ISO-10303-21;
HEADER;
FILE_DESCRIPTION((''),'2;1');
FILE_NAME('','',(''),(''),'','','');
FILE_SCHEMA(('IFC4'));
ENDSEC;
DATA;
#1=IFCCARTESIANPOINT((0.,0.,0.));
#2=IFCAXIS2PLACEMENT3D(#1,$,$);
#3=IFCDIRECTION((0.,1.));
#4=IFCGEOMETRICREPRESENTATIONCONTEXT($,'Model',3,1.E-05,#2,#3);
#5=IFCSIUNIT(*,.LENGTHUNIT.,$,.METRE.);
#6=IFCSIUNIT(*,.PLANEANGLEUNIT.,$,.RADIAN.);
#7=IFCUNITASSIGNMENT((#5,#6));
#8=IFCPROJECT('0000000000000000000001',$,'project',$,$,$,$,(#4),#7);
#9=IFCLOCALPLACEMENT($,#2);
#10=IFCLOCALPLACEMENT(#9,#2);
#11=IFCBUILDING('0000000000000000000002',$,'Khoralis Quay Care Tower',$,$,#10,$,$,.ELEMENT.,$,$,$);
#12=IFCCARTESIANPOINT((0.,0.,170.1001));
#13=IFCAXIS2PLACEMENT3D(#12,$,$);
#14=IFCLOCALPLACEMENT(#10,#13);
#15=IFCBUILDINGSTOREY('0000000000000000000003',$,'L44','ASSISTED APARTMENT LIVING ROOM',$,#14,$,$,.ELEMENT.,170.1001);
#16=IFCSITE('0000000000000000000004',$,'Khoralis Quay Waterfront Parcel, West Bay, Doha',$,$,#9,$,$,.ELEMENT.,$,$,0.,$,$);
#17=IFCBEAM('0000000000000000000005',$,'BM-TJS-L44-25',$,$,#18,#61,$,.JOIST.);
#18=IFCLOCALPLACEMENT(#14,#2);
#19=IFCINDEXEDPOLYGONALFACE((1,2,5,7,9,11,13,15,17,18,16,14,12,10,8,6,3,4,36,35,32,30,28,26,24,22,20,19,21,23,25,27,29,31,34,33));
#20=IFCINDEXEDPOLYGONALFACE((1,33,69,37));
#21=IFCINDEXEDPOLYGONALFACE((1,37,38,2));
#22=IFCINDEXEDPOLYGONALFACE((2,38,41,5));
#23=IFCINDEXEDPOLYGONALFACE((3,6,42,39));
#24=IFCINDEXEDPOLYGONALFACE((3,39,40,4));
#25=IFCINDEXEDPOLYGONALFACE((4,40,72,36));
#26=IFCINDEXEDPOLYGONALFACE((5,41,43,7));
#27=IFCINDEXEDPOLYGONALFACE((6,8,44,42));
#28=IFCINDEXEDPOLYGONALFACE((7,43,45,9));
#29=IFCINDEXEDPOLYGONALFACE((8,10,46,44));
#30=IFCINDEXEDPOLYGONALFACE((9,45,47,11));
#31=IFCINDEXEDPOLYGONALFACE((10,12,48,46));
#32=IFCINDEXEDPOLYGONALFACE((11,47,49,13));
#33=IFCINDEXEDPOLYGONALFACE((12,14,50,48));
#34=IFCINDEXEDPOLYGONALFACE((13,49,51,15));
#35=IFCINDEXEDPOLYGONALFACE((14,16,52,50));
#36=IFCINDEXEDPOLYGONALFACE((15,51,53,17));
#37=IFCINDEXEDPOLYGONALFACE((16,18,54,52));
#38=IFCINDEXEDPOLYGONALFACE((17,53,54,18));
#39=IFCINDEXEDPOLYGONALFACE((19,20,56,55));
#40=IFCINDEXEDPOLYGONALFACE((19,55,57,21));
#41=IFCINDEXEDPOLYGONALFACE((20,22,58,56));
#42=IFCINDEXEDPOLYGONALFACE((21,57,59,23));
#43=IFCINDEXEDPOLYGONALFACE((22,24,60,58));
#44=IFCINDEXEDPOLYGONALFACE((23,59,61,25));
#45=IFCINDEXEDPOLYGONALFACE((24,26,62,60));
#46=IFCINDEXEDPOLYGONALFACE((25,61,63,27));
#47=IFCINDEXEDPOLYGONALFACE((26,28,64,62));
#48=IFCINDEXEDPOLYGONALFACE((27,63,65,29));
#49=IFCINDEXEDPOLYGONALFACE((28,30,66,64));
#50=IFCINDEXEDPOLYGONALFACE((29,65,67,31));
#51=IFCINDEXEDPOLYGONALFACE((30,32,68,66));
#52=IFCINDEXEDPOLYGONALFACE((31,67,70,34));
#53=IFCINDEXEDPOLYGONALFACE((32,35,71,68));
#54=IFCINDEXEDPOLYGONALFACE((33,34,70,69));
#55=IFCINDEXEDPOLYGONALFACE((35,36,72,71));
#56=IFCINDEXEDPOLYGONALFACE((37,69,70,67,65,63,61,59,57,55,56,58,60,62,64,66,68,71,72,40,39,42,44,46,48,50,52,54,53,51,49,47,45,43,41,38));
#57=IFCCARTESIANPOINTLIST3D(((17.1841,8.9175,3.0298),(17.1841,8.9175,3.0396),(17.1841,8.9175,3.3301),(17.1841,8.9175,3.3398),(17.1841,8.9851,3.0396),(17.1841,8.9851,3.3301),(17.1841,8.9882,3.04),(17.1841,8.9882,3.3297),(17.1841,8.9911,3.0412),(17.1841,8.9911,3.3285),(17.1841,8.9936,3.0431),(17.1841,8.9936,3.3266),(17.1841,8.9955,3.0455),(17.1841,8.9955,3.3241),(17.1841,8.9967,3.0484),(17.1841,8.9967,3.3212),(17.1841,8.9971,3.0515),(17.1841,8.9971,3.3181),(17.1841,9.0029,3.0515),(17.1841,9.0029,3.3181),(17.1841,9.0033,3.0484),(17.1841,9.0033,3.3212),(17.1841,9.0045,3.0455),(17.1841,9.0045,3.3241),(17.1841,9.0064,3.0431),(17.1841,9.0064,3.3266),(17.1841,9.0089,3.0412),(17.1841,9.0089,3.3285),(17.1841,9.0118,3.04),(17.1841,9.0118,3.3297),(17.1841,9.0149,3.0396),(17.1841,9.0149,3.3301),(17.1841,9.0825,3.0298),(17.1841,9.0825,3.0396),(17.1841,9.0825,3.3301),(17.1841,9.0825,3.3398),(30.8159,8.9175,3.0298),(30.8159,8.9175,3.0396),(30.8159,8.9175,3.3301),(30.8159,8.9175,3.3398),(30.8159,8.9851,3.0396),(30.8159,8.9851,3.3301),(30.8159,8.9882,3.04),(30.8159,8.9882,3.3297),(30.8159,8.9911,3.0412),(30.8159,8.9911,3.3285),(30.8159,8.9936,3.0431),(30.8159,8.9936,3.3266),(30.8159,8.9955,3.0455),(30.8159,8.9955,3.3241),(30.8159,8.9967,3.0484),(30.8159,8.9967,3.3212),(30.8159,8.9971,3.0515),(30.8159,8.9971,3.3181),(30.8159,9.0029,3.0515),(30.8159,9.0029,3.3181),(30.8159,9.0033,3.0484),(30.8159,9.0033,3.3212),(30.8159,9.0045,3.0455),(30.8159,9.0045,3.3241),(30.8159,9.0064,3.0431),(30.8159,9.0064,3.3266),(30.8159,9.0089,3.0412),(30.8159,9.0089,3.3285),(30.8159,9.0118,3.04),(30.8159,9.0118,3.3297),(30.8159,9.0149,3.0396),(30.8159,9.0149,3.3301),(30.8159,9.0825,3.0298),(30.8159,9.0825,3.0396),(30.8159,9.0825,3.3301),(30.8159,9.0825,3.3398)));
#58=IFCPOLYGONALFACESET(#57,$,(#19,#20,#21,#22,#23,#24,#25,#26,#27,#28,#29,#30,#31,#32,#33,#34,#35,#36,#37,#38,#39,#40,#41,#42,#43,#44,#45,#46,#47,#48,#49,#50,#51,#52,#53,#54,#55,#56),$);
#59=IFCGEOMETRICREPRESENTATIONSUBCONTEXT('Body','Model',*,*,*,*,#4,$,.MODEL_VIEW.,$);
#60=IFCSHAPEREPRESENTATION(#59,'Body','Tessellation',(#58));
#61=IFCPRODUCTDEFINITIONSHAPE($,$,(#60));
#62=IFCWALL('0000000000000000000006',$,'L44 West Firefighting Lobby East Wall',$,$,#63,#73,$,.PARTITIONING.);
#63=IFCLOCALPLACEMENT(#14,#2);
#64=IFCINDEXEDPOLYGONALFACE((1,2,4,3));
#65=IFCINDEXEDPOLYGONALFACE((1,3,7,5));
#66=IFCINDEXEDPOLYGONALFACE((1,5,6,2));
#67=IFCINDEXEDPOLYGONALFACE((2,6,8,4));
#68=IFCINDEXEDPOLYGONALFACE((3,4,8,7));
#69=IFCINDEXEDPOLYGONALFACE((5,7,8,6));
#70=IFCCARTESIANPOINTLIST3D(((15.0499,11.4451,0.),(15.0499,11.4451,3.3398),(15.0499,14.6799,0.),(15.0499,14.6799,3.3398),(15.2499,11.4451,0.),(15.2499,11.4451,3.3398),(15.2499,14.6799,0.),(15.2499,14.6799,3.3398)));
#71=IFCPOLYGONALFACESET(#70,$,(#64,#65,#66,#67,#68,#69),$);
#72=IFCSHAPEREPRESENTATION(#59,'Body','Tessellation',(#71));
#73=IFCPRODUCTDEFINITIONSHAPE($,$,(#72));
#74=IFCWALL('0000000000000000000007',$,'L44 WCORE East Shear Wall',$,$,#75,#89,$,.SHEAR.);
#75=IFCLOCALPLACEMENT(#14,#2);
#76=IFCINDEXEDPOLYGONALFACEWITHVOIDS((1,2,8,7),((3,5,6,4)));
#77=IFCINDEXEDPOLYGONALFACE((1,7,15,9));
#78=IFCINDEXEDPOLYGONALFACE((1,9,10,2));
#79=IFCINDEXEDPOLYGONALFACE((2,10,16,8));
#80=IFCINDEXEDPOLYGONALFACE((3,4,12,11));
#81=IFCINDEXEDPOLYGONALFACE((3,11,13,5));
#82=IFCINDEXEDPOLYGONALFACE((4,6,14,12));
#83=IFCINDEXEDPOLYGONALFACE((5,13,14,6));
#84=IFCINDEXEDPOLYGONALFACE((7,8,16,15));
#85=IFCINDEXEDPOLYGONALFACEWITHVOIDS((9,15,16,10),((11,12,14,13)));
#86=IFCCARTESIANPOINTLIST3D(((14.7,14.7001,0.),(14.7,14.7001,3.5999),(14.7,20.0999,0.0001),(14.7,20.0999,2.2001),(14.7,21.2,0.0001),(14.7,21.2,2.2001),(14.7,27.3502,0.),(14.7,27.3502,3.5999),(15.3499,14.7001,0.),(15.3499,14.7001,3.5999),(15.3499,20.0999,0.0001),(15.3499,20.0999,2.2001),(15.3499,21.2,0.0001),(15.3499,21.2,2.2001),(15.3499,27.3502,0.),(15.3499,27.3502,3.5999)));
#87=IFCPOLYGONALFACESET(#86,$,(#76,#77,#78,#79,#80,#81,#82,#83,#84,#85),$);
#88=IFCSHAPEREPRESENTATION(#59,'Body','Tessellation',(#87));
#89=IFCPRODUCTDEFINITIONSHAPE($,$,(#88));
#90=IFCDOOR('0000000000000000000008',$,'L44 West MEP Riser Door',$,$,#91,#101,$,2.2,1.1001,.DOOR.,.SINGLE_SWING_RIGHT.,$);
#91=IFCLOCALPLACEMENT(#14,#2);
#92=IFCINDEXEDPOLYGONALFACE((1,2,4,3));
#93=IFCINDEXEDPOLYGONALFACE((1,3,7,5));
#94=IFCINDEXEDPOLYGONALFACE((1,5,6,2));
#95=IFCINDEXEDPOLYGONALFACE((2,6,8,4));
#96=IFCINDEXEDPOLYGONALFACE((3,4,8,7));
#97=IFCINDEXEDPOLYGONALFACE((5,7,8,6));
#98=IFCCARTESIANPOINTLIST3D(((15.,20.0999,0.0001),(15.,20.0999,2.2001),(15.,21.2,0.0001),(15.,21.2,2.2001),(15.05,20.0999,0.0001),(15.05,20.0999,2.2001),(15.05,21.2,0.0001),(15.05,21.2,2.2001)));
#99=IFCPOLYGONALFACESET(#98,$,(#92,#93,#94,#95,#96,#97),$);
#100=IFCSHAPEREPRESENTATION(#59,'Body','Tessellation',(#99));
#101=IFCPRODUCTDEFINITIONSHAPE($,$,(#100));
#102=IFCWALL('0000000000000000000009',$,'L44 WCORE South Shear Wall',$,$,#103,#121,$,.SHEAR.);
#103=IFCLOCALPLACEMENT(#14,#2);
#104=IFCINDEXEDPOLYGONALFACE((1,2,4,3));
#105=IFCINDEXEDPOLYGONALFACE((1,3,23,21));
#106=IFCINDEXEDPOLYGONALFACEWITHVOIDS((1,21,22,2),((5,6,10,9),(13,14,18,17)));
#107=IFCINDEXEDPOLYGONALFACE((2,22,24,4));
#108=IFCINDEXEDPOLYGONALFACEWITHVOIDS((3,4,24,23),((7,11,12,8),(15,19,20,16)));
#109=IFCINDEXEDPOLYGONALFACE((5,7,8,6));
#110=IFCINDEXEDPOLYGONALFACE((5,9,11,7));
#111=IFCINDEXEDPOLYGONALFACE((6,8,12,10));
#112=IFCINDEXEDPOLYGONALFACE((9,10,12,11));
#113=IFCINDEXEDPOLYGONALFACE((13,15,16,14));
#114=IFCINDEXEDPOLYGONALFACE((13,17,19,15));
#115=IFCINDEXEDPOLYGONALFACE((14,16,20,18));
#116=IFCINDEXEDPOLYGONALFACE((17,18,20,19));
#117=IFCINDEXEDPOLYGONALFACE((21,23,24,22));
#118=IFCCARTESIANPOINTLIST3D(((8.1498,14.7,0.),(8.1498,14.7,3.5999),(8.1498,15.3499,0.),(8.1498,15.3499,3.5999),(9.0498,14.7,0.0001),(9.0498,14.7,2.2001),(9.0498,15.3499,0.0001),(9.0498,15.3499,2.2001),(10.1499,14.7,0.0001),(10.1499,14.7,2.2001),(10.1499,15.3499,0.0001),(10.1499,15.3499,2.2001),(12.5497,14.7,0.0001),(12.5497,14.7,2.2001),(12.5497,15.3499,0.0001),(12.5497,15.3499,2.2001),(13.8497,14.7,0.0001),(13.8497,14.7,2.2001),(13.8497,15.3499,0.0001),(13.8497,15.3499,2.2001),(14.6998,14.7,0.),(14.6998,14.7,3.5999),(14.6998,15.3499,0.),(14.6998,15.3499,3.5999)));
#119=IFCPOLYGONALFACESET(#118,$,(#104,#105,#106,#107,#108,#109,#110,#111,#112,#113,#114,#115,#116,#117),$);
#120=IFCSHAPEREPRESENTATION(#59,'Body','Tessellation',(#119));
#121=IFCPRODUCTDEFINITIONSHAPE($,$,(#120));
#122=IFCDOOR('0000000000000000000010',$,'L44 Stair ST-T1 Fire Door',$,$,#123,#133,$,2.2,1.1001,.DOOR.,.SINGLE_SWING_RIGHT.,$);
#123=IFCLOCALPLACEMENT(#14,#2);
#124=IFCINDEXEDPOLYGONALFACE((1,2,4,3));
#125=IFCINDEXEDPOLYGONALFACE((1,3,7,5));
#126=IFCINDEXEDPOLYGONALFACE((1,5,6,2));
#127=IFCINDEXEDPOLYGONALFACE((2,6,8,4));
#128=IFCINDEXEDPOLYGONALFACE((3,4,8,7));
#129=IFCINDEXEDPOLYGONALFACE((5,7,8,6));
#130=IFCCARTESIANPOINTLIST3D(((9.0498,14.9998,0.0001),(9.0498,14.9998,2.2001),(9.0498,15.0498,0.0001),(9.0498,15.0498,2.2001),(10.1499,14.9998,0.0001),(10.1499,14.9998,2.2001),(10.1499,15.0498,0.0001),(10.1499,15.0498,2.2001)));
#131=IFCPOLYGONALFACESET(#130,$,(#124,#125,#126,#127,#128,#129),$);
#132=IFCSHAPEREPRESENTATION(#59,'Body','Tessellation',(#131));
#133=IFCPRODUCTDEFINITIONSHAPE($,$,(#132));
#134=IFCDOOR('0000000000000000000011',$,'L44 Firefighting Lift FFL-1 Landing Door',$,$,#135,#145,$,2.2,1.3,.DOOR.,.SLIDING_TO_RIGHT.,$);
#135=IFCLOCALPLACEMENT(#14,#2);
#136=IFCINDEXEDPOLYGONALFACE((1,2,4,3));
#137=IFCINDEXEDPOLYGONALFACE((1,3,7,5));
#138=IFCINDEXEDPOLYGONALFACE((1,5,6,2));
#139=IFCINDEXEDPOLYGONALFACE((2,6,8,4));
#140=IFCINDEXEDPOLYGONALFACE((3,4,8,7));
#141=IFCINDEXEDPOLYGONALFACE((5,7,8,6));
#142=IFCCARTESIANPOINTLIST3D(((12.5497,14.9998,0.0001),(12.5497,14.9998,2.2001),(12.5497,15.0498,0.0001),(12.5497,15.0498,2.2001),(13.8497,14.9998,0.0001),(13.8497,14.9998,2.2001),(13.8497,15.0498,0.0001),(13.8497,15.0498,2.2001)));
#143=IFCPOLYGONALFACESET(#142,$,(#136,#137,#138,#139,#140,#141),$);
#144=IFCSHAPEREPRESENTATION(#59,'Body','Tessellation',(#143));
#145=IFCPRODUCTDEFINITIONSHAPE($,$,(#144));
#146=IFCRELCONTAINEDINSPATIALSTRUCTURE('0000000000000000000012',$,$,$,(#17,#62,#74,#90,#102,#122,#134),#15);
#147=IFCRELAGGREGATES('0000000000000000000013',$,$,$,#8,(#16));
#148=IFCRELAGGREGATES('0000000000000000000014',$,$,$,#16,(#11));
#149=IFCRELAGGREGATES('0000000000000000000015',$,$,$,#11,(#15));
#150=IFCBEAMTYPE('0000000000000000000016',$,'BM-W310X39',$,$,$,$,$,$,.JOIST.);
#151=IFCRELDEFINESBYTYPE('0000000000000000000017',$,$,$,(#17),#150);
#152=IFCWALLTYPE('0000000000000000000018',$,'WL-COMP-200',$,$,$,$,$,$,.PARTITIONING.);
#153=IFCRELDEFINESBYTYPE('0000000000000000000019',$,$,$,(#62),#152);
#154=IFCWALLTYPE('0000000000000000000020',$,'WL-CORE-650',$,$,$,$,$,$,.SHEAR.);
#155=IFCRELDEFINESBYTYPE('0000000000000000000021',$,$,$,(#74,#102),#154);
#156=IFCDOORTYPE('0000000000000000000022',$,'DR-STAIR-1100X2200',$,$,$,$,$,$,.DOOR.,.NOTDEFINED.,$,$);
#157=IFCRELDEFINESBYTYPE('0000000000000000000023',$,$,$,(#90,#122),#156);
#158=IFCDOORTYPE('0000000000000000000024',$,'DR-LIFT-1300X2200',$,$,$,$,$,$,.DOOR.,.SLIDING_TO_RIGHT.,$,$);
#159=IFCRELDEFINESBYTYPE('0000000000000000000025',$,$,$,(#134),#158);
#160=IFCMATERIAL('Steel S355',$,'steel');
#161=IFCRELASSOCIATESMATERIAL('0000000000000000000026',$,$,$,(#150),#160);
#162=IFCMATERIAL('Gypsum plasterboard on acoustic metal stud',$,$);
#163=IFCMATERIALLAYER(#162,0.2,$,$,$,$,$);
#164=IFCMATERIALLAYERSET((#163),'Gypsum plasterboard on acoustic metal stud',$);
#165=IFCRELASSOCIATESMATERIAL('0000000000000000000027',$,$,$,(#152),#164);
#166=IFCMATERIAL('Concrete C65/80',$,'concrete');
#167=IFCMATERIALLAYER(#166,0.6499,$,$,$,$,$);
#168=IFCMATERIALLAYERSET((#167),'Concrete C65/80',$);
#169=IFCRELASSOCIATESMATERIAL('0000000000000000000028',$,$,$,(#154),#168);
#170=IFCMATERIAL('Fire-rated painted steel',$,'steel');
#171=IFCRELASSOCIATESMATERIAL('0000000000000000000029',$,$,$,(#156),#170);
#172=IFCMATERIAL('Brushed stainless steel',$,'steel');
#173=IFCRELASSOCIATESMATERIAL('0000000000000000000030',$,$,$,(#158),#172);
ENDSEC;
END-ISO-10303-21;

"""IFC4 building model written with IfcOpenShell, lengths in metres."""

from ifc_helpers import new_model, si_unit, direction, frame, frame_2d, origin, origin_2d, place, context, subcontext, project, spatial, rectangle, i_section, extrude, source, transform, mapped, material, layer, layer_set, material_profile, profile_set, type_object, element, fill, save


model = new_model("IFC4")

# Units and contexts
model_context = context("Model", 3, precision=1e-05, world=origin(), true_north=direction((0.0, 1.0)))
body_context = subcontext(model_context, "Body", "Model", "MODEL_VIEW")
ifc_project = project(units=[si_unit("LENGTHUNIT", "METRE"), si_unit("PLANEANGLEUNIT", "RADIAN")], contexts=[model_context])

# Site, building, storey
site_placement = place(None, origin())
site = spatial("IfcSite", under=ifc_project, at=site_placement, Name="Khoralis Quay Waterfront Parcel, West Bay, Doha", CompositionType="ELEMENT", RefElevation=0.0)
building_placement = place(site_placement, origin())
building = spatial("IfcBuilding", under=site, at=building_placement, Name="Khoralis Quay Care Tower", CompositionType="ELEMENT")
storey_placement = place(building_placement, frame((0.0, 0.0, 170.1001)))
storey = spatial("IfcBuildingStorey", under=building, at=storey_placement, Name="L44", Description="ASSISTED APARTMENT LIVING ROOM", CompositionType="ELEMENT", Elevation=170.1001)

# Beam
ifc_material_1 = material(Name="Concrete C65/80", Category="concrete")
ifc_material_2 = material(Name="Steel S355", Category="steel")
ifc_material_profile_1 = material_profile(ifc_material_2, i_section(OverallWidth=0.165, OverallDepth=0.3101, WebThickness=0.0059, FlangeThickness=0.0098, FilletRadius=0.012, at=origin_2d()), Name="Steel S355")
ifc_profile_set_1 = profile_set([ifc_material_profile_1], Name="Steel S355")
beam_type_1 = type_object("IfcBeamType", Name="BM-W310X39", PredefinedType="JOIST", material=ifc_profile_set_1)
shared_shape_1 = source(origin(), body_context, "Body", "SweptSolid", [
    extrude(i_section(OverallWidth=0.165, OverallDepth=0.3101, WebThickness=0.0059, FlangeThickness=0.0098, FilletRadius=0.012, at=origin_2d()), origin(), (0.0, 0.0, 1.0), 13.6318),
])
beam_1_placement = place(storey_placement, frame((17.1841, 9.0, 3.1848), z_axis=(1.0, 0.0, 0.0), x_axis=(0.0, 1.0, 0.0)))
element("IfcBeam", 1, at=beam_1_placement, inside=storey, type_object=beam_type_1, Name="BM-TJS-L44-25", PredefinedType="JOIST", context=body_context, shape_type="MappedRepresentation", body=[
    mapped(shared_shape_1, transform((0.0, 0.0, 0.0), scale=1.0)),
])

# Wall
ifc_material_3 = material(Name="Gypsum plasterboard on acoustic metal stud")
ifc_layer_1 = layer(ifc_material_3, 0.2)
ifc_layer_set_1 = layer_set([ifc_layer_1], Name="Gypsum plasterboard on acoustic metal stud")
wall_type_1 = type_object("IfcWallType", Name="WL-COMP-200", PredefinedType="PARTITIONING", material=ifc_layer_set_1)
wall_1_placement = place(storey_placement, frame((15.1499, 11.4451, 0.0), z_axis=(0.0, 0.0, 1.0), x_axis=(0.0, 1.0, 0.0)))
element("IfcWall", 2, at=wall_1_placement, inside=storey, type_object=wall_type_1, Name="L44 West Firefighting Lobby East Wall", PredefinedType="PARTITIONING", context=body_context, shape_type="SweptSolid", body=[
    extrude(rectangle(XDim=3.2349, YDim=0.2, at=frame_2d((1.6174, 0.0))), origin(), (0.0, 0.0, 1.0), 3.3398),
])

# Wall, opening, door
ifc_layer_2 = layer(ifc_material_1, 0.6499)
ifc_layer_set_2 = layer_set([ifc_layer_2], Name="Concrete C65/80")
wall_type_2 = type_object("IfcWallType", Name="WL-CORE-650", PredefinedType="SHEAR", material=ifc_layer_set_2)
wall_2_placement = place(storey_placement, frame((15.0249, 14.7, 0.0), z_axis=(0.0, 0.0, 1.0), x_axis=(0.0, 1.0, 0.0)))
wall_2 = element("IfcWall", 3, at=wall_2_placement, inside=storey, type_object=wall_type_2, Name="L44 WCORE East Shear Wall", PredefinedType="SHEAR", context=body_context, shape_type="SweptSolid", body=[
    extrude(rectangle(XDim=12.6501, YDim=0.6499, at=frame_2d((6.3252, 0.0))), origin(), (0.0, 0.0, 1.0), 3.5999),
])
opening_1_placement = place(wall_2_placement, frame((5.3999, 0.0, 0.0)))
opening_1 = element("IfcOpeningElement", 4, at=opening_1_placement, cuts=wall_2, PredefinedType="OPENING", context=body_context, shape_type="SweptSolid", body=[
    extrude(rectangle(XDim=1.1001, YDim=2.2, at=frame_2d((0.55, 1.1001))), frame((0.0, 0.335, 0.0), z_axis=(0.0, -1.0, 0.0), x_axis=(1.0, 0.0, 0.0)), (0.0, 0.0, 1.0), 0.6699),
])
ifc_material_4 = material(Name="Fire-rated painted steel", Category="steel")
door_type_1 = type_object("IfcDoorType", Name="DR-STAIR-1100X2200", OperationType="NOTDEFINED", PredefinedType="DOOR", material=ifc_material_4)
shared_shape_2 = source(origin(), body_context, "Body", "SweptSolid", [
    extrude(rectangle(XDim=1.1001, YDim=2.2, at=frame_2d((0.55, 1.1001))), frame((0.0, 0.0249, 0.0), z_axis=(0.0, -1.0, 0.0), x_axis=(1.0, 0.0, 0.0)), (0.0, 0.0, 1.0), 0.05),
])
door_1_placement = place(opening_1_placement, origin())
door_1 = element("IfcDoor", 5, at=door_1_placement, inside=storey, type_object=door_type_1, Name="L44 West MEP Riser Door", OperationType="SINGLE_SWING_RIGHT", OverallHeight=2.2, OverallWidth=1.1001, PredefinedType="DOOR", context=body_context, shape_type="MappedRepresentation", body=[
    mapped(shared_shape_2, transform((0.0, 0.0, 0.0), scale=1.0)),
])
fill(opening_1, door_1)

# Wall, openings, doors
wall_3_placement = place(storey_placement, frame((8.1499, 15.0249, 0.0), z_axis=(0.0, 0.0, 1.0), x_axis=(1.0, 0.0, 0.0)))
wall_3 = element("IfcWall", 6, at=wall_3_placement, inside=storey, type_object=wall_type_2, Name="L44 WCORE South Shear Wall", PredefinedType="SHEAR", context=body_context, shape_type="SweptSolid", body=[
    extrude(rectangle(XDim=6.55, YDim=0.6499, at=frame_2d((3.2749, 0.0))), origin(), (0.0, 0.0, 1.0), 3.5999),
])
opening_2_placement = place(wall_3_placement, frame((0.8999, 0.0, 0.0)))
opening_2 = element("IfcOpeningElement", 7, at=opening_2_placement, cuts=wall_3, PredefinedType="OPENING", context=body_context, shape_type="SweptSolid", body=[
    extrude(rectangle(XDim=1.1001, YDim=2.2, at=frame_2d((0.55, 1.1001))), frame((0.0, 0.335, 0.0), z_axis=(0.0, -1.0, 0.0), x_axis=(1.0, 0.0, 0.0)), (0.0, 0.0, 1.0), 0.6699),
])
opening_3_placement = place(wall_3_placement, frame((4.3999, 0.0, 0.0)))
opening_3 = element("IfcOpeningElement", 8, at=opening_3_placement, cuts=wall_3, PredefinedType="OPENING", context=body_context, shape_type="SweptSolid", body=[
    extrude(rectangle(XDim=1.3, YDim=2.2, at=frame_2d((0.6499, 1.1001))), frame((0.0, 0.335, 0.0), z_axis=(0.0, -1.0, 0.0), x_axis=(1.0, 0.0, 0.0)), (0.0, 0.0, 1.0), 0.6699),
])
door_2_placement = place(opening_2_placement, origin())
door_2 = element("IfcDoor", 9, at=door_2_placement, inside=storey, type_object=door_type_1, Name="L44 Stair ST-T1 Fire Door", OperationType="SINGLE_SWING_RIGHT", OverallHeight=2.2, OverallWidth=1.1001, PredefinedType="DOOR", context=body_context, shape_type="MappedRepresentation", body=[
    mapped(shared_shape_2, transform((0.0, 0.0, 0.0), scale=1.0)),
])
fill(opening_2, door_2)
ifc_material_5 = material(Name="Brushed stainless steel", Category="steel")
door_type_2 = type_object("IfcDoorType", Name="DR-LIFT-1300X2200", OperationType="SLIDING_TO_RIGHT", PredefinedType="DOOR", material=ifc_material_5)
shared_shape_3 = source(origin(), body_context, "Body", "SweptSolid", [
    extrude(rectangle(XDim=1.3, YDim=2.2, at=frame_2d((0.6499, 1.1001))), frame((0.0, 0.0249, 0.0), z_axis=(0.0, -1.0, 0.0), x_axis=(1.0, 0.0, 0.0)), (0.0, 0.0, 1.0), 0.05),
])
door_3_placement = place(opening_3_placement, origin())
door_3 = element("IfcDoor", 10, at=door_3_placement, inside=storey, type_object=door_type_2, Name="L44 Firefighting Lift FFL-1 Landing Door", OperationType="SLIDING_TO_RIGHT", OverallHeight=2.2, OverallWidth=1.3, PredefinedType="DOOR", context=body_context, shape_type="MappedRepresentation", body=[
    mapped(shared_shape_3, transform((0.0, 0.0, 0.0), scale=1.0)),
])
fill(opening_3, door_3)

save(model, "model.ifc")
